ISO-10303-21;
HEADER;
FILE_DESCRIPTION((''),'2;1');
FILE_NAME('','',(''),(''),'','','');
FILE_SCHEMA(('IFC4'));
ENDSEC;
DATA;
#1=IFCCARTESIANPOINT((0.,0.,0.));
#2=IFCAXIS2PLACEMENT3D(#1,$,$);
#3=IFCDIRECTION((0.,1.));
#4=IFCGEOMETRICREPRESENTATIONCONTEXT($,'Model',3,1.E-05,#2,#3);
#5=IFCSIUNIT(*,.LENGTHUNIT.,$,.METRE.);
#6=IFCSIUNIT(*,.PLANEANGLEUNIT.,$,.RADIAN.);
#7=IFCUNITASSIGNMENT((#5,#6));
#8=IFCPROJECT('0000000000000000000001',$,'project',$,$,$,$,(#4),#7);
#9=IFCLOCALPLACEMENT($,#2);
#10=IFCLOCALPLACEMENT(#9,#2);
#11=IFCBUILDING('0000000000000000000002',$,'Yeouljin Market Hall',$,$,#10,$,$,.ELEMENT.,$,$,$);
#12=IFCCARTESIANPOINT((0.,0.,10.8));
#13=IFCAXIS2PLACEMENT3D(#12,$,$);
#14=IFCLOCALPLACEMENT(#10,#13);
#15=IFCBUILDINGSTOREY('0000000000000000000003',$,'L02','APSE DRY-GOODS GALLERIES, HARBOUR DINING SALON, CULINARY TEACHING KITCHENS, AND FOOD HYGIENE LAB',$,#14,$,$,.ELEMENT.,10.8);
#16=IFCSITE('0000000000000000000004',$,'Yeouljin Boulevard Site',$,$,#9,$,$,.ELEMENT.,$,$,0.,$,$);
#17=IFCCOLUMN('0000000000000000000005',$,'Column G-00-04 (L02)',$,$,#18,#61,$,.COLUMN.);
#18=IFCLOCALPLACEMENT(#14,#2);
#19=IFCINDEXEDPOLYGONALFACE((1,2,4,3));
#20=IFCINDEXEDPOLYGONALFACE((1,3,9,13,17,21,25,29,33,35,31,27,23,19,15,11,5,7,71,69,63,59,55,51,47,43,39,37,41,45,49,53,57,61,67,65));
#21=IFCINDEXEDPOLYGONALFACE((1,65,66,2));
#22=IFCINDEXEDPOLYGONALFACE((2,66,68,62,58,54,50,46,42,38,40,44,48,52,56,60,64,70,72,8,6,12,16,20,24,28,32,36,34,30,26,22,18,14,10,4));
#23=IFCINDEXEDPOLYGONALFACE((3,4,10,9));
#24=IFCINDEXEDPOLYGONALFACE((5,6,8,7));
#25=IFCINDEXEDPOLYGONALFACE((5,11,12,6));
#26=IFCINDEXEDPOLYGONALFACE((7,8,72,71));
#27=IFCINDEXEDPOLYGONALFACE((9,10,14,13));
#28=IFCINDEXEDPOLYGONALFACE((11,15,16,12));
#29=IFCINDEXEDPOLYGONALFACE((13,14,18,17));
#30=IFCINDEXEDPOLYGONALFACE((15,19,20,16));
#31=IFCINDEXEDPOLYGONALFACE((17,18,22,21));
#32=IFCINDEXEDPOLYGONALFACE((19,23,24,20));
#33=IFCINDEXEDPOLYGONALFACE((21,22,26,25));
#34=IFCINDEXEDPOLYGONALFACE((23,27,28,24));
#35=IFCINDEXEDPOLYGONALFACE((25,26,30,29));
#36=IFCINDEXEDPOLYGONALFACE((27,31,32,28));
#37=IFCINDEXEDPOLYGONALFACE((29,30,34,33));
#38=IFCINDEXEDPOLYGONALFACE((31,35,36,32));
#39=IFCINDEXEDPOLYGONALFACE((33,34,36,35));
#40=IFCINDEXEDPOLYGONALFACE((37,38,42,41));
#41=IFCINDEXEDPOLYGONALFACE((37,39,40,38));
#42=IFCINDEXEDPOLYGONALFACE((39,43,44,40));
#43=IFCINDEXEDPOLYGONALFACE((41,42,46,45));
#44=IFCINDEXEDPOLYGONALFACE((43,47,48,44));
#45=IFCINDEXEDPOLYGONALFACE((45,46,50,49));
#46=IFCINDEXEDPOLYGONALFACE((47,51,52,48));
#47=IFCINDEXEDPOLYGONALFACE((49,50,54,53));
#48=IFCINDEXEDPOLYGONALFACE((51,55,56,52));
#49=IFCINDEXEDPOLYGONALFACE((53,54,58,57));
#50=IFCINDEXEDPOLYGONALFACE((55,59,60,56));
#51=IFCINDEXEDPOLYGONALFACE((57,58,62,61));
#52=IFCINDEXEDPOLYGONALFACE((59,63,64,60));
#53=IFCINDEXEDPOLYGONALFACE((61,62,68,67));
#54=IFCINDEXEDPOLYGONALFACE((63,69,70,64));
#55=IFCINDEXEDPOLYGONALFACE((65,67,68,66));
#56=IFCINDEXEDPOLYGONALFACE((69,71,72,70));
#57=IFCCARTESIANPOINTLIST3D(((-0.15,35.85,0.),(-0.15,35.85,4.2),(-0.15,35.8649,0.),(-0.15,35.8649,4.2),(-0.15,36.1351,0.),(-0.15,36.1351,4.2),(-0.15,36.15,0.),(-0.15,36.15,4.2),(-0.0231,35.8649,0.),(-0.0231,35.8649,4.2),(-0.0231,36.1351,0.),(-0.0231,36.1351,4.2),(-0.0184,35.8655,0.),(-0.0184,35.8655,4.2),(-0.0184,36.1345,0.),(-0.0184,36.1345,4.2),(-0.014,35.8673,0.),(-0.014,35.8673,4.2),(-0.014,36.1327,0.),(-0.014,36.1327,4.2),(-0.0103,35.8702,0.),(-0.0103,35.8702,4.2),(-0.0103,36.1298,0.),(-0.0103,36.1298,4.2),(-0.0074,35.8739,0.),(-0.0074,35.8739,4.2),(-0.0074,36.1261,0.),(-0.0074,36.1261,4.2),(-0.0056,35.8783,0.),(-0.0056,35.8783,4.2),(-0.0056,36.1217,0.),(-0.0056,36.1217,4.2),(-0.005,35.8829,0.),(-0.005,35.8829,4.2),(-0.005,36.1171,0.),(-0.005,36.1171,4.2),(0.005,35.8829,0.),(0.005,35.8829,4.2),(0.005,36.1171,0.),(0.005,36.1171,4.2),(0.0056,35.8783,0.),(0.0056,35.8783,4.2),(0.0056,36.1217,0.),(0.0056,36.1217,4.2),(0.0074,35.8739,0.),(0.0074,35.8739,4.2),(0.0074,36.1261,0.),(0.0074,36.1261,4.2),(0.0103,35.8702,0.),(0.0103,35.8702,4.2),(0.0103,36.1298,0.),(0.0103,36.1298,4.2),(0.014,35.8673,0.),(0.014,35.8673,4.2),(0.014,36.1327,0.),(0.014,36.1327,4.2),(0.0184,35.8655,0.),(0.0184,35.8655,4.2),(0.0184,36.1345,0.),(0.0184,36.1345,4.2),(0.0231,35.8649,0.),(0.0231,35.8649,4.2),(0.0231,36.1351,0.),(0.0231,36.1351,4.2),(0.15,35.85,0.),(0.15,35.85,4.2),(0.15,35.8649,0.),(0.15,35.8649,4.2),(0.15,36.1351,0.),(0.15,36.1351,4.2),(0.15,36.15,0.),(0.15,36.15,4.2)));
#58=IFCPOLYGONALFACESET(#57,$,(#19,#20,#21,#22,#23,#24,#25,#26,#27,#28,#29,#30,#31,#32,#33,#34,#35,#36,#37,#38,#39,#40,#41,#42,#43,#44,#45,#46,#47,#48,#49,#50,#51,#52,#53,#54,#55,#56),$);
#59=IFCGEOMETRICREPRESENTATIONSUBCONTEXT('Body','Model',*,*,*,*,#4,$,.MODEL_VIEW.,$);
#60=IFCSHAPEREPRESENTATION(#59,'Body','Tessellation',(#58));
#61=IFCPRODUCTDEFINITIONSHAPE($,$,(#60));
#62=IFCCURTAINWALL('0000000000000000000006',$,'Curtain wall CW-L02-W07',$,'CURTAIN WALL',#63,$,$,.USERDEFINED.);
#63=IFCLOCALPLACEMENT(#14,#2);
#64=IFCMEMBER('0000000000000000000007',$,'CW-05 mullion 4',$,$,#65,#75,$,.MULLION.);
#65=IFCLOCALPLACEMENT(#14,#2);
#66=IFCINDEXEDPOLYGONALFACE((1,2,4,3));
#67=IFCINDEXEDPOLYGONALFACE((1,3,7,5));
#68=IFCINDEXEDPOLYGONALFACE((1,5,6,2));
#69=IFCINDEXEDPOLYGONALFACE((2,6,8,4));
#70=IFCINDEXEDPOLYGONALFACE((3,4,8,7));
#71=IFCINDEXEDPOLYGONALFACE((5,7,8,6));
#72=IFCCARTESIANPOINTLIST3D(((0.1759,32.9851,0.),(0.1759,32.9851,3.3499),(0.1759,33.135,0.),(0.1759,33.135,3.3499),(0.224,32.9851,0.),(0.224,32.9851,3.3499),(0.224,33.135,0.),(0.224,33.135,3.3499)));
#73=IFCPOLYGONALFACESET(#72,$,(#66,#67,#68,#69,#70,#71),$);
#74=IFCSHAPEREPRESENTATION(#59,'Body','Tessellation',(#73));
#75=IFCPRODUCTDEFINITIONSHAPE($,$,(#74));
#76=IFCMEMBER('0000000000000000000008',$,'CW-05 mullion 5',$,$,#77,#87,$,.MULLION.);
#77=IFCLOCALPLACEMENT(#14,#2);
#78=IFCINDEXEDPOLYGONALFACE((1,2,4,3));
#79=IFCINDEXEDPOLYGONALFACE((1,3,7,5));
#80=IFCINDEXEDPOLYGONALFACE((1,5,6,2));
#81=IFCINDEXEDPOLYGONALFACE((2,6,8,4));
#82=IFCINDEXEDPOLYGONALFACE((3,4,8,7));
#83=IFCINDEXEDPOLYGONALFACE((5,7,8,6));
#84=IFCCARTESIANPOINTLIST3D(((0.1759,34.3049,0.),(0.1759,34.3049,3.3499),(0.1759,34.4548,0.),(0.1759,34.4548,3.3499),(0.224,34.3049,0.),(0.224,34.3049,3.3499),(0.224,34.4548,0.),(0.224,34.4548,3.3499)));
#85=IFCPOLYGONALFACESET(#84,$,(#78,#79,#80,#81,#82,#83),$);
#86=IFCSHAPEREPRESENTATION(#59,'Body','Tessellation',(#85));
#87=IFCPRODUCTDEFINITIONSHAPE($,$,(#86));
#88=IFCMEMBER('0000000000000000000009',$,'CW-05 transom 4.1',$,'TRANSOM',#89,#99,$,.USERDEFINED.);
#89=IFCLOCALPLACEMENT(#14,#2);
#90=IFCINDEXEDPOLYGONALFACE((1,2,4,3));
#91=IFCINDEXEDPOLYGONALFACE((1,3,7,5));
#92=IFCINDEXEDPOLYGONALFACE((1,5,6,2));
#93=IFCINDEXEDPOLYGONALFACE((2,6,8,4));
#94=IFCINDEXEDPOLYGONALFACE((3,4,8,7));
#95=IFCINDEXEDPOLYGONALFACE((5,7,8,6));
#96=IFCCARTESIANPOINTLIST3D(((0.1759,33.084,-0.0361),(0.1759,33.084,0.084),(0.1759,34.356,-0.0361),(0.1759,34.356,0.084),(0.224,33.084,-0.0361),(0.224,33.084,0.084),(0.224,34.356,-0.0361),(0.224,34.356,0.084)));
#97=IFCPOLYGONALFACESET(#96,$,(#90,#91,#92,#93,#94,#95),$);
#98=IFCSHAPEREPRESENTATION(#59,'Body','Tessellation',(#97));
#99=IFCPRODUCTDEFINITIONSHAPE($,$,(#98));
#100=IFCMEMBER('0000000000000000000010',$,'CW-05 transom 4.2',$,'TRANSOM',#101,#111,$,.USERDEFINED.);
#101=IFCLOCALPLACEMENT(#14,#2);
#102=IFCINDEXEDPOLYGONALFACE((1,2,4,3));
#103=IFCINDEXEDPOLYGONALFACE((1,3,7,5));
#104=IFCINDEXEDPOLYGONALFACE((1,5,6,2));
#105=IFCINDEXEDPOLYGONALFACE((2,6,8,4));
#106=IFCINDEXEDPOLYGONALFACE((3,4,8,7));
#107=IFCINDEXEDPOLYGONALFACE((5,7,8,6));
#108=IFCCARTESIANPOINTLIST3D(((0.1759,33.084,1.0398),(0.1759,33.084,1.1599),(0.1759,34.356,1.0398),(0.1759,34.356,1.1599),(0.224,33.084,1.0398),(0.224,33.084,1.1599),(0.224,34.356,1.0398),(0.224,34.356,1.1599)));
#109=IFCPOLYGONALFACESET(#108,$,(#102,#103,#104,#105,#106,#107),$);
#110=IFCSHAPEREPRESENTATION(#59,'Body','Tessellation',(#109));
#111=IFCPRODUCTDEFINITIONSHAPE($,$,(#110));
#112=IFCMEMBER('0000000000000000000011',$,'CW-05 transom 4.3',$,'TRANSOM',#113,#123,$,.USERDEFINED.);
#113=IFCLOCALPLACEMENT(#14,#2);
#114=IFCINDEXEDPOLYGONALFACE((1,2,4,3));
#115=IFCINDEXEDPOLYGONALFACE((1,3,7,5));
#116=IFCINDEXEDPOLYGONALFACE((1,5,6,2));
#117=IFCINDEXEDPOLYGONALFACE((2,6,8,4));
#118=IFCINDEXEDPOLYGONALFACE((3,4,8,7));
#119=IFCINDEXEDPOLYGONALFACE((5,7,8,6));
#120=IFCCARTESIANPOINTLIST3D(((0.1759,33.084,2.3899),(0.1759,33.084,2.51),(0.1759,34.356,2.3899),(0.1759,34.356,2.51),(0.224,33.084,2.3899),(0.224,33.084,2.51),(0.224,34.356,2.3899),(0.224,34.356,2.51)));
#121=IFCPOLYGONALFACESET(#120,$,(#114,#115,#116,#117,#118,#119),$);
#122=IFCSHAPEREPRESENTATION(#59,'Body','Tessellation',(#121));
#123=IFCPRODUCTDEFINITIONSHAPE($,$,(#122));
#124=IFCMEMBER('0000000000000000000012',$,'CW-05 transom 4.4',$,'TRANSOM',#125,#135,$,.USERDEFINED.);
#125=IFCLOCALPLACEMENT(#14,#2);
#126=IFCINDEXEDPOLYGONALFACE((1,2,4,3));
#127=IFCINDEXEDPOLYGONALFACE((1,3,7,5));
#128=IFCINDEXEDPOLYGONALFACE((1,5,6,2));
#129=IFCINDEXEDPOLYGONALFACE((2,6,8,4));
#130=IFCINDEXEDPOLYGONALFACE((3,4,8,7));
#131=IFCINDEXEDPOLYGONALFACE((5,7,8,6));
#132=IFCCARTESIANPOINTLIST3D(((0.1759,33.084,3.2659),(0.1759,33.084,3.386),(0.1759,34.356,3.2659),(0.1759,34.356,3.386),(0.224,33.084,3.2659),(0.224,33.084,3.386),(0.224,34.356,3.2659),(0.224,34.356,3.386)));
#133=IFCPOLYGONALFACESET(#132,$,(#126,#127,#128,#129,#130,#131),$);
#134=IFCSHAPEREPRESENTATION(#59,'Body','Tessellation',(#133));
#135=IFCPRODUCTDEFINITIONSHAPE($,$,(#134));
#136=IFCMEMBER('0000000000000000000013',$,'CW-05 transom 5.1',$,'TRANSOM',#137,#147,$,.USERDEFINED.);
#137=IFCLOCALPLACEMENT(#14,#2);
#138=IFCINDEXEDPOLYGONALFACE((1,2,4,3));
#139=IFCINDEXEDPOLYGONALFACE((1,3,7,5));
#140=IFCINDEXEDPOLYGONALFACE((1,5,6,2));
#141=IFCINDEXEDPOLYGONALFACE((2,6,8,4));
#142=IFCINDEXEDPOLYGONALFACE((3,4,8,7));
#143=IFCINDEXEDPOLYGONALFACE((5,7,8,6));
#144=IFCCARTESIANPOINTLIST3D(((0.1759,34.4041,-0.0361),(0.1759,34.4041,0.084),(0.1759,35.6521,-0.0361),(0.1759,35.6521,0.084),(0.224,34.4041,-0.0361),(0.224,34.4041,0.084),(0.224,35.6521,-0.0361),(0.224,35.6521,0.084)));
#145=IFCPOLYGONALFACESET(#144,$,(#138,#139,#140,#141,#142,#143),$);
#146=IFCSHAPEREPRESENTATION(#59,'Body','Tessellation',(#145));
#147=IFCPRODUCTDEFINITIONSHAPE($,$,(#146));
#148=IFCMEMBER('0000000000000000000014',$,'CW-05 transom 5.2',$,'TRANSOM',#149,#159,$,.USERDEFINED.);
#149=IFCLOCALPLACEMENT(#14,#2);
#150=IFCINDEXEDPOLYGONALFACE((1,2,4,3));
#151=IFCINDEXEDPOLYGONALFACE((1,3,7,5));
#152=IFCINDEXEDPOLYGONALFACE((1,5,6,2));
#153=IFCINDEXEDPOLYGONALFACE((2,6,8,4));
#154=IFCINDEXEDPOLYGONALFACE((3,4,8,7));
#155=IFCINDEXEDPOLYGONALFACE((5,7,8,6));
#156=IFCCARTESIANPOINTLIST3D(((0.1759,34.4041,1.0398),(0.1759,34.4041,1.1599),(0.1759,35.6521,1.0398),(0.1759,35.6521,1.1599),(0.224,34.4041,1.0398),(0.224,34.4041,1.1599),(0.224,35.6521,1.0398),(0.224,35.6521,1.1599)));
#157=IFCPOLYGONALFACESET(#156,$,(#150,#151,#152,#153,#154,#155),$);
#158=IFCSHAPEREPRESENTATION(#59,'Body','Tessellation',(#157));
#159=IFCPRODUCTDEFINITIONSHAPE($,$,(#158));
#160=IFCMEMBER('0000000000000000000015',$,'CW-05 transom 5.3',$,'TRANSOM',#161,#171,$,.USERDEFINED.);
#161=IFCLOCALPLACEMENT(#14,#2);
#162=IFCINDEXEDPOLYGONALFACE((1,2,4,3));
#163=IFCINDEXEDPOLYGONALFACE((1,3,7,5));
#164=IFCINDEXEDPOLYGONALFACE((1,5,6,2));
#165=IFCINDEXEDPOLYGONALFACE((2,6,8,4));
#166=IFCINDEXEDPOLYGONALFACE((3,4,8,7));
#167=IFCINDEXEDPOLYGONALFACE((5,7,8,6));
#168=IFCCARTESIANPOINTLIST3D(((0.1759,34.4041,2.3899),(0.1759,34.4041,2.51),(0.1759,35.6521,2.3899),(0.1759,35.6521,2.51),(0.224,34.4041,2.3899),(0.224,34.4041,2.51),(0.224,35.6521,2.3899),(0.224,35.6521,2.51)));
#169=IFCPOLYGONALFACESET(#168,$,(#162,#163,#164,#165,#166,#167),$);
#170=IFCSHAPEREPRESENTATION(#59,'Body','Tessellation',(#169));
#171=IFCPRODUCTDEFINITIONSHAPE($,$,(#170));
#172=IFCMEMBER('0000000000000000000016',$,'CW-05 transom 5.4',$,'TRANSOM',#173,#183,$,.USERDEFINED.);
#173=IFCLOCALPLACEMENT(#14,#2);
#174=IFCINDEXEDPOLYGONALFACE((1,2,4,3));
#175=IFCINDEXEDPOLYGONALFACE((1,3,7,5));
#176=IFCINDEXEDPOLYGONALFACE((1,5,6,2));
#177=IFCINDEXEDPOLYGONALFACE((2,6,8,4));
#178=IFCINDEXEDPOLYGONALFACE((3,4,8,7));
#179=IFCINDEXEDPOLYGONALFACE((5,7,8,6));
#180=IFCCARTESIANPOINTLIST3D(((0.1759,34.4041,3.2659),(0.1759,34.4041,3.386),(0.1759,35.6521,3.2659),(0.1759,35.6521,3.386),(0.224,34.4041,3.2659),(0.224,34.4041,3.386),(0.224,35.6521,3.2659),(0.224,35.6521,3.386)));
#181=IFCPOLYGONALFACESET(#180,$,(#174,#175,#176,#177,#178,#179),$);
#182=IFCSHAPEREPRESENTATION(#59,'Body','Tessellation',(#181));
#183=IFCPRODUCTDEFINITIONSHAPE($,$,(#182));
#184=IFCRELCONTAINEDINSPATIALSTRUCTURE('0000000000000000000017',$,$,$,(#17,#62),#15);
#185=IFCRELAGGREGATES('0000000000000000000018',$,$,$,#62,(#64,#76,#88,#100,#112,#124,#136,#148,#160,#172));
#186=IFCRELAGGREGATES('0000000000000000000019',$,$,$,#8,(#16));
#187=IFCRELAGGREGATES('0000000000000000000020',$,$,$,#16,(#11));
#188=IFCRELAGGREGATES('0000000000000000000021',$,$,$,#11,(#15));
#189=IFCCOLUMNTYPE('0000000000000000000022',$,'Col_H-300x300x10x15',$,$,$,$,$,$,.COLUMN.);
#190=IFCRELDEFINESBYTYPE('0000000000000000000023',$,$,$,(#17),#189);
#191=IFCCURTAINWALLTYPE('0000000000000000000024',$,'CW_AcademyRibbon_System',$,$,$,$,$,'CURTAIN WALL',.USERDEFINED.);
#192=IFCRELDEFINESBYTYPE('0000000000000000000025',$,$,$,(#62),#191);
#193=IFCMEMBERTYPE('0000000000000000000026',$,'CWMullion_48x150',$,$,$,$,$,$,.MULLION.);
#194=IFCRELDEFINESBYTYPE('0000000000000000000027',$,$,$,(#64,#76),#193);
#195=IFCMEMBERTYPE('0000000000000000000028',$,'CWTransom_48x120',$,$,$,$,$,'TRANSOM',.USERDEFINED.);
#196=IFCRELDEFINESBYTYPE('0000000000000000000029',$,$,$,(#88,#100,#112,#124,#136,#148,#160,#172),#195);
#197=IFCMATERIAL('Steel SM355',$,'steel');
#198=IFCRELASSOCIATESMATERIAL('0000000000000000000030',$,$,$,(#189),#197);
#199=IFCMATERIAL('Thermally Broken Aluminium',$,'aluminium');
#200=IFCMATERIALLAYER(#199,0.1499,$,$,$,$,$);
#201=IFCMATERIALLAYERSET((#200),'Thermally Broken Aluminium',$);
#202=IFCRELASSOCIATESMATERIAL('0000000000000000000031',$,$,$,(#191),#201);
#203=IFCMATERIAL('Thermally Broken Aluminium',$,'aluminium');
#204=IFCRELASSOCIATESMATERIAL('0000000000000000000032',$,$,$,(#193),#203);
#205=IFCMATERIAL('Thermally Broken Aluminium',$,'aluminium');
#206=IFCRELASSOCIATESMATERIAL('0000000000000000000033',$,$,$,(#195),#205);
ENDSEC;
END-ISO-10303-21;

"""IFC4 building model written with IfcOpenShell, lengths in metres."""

from ifc_helpers import new_model, si_unit, direction, frame, origin, origin_2d, place, context, subcontext, project, spatial, rectangle, i_section, extrude, material, layer, layer_set, material_profile, profile_set, type_object, element, aggregate, save


model = new_model("IFC4")

# Units and contexts
model_context = context("Model", 3, precision=1e-05, world=origin(), true_north=direction((0.0, 1.0)))
body_context = subcontext(model_context, "Body", "Model", "MODEL_VIEW")
ifc_project = project(units=[si_unit("LENGTHUNIT", "METRE"), si_unit("PLANEANGLEUNIT", "RADIAN")], contexts=[model_context])

# Site, building, storey
site_placement = place(None, origin())
site = spatial("IfcSite", under=ifc_project, at=site_placement, Name="Yeouljin Boulevard Site", CompositionType="ELEMENT", RefElevation=0.0)
building_placement = place(site_placement, origin())
building = spatial("IfcBuilding", under=site, at=building_placement, Name="Yeouljin Market Hall", CompositionType="ELEMENT")
storey_placement = place(building_placement, frame((0.0, 0.0, 10.8)))
storey = spatial("IfcBuildingStorey", under=building, at=storey_placement, Name="L02", Description="APSE DRY-GOODS GALLERIES, HARBOUR DINING SALON, CULINARY TEACHING KITCHENS, AND FOOD HYGIENE LAB", CompositionType="ELEMENT", Elevation=10.8)

# Column
ifc_material_1 = material(Name="Steel SM355", Category="steel")
ifc_material_profile_1 = material_profile(ifc_material_1, i_section(OverallWidth=0.3, OverallDepth=0.3, WebThickness=0.01, FlangeThickness=0.0149, FilletRadius=0.0181, at=origin_2d()), Name="H-300x300x10x15")
ifc_profile_set_1 = profile_set([ifc_material_profile_1], Name="Steel SM355")
column_type = type_object("IfcColumnType", Name="Col_H-300x300x10x15", PredefinedType="COLUMN", material=ifc_profile_set_1)
column_placement = place(storey_placement, frame((0.0, 36.0, 0.0), z_axis=(0.0, 0.0, 1.0), x_axis=(1.0, 0.0, 0.0)))
element("IfcColumn", 1, at=column_placement, inside=storey, type_object=column_type, Name="Column G-00-04 (L02)", PredefinedType="COLUMN", context=body_context, shape_type="SweptSolid", body=[
    extrude(i_section(OverallWidth=0.3, OverallDepth=0.3, WebThickness=0.01, FlangeThickness=0.0149, FilletRadius=0.0181, at=origin_2d()), origin(), (0.0, 0.0, 1.0), 4.2),
])

# Curtain wall, members
ifc_material_2 = material(Name="Thermally Broken Aluminium", Category="aluminium")
ifc_layer_1 = layer(ifc_material_2, 0.1499)
ifc_layer_set_1 = layer_set([ifc_layer_1], Name="Thermally Broken Aluminium")
curtain_wall_type = type_object("IfcCurtainWallType", Name="CW_AcademyRibbon_System", ElementType="CURTAIN WALL", PredefinedType="USERDEFINED", material=ifc_layer_set_1)
curtain_wall_placement = place(storey_placement, origin())
curtain_wall = element("IfcCurtainWall", 2, at=curtain_wall_placement, inside=storey, type_object=curtain_wall_type, Name="Curtain wall CW-L02-W07", ObjectType="CURTAIN WALL", PredefinedType="USERDEFINED")
ifc_material_3 = material(Name="Thermally Broken Aluminium", Category="aluminium")
ifc_material_profile_2 = material_profile(ifc_material_3, rectangle(XDim=0.0481, YDim=0.1499, at=origin_2d()), Name="CW-MULL-48x150")
ifc_profile_set_2 = profile_set([ifc_material_profile_2], Name="Thermally Broken Aluminium")
member_type_1 = type_object("IfcMemberType", Name="CWMullion_48x150", PredefinedType="MULLION", material=ifc_profile_set_2)
member_1_placement = place(storey_placement, frame((0.2, 33.0601, 0.0), z_axis=(0.0, 0.0, 1.0), x_axis=(-1.0, 0.0, 0.0)))
member_1 = element("IfcMember", 3, at=member_1_placement, type_object=member_type_1, Name="CW-05 mullion 4", PredefinedType="MULLION", context=body_context, shape_type="SweptSolid", body=[
    extrude(rectangle(XDim=0.0481, YDim=0.1499, at=origin_2d()), origin(), (0.0, 0.0, 1.0), 3.3499),
])
member_2_placement = place(storey_placement, frame((0.2, 34.3799, 0.0), z_axis=(0.0, 0.0, 1.0), x_axis=(-1.0, 0.0, 0.0)))
member_2 = element("IfcMember", 4, at=member_2_placement, type_object=member_type_1, Name="CW-05 mullion 5", PredefinedType="MULLION", context=body_context, shape_type="SweptSolid", body=[
    extrude(rectangle(XDim=0.0481, YDim=0.1499, at=origin_2d()), origin(), (0.0, 0.0, 1.0), 3.3499),
])
ifc_material_4 = material(Name="Thermally Broken Aluminium", Category="aluminium")
ifc_material_profile_3 = material_profile(ifc_material_4, rectangle(XDim=0.0481, YDim=0.1201, at=origin_2d()), Name="CW-TRAN-48x120")
ifc_profile_set_3 = profile_set([ifc_material_profile_3], Name="Thermally Broken Aluminium")
member_type_2 = type_object("IfcMemberType", Name="CWTransom_48x120", ElementType="TRANSOM", PredefinedType="USERDEFINED", material=ifc_profile_set_3)
member_3_placement = place(storey_placement, frame((0.2, 33.084, 0.0239), z_axis=(0.0, 1.0, 0.0), x_axis=(-1.0, 0.0, 0.0)))
member_3 = element("IfcMember", 5, at=member_3_placement, type_object=member_type_2, Name="CW-05 transom 4.1", ObjectType="TRANSOM", PredefinedType="USERDEFINED", context=body_context, shape_type="SweptSolid", body=[
    extrude(rectangle(XDim=0.0481, YDim=0.1201, at=origin_2d()), origin(), (0.0, 0.0, 1.0), 1.272),
])
member_4_placement = place(storey_placement, frame((0.2, 33.084, 1.0999), z_axis=(0.0, 1.0, 0.0), x_axis=(-1.0, 0.0, 0.0)))
member_4 = element("IfcMember", 6, at=member_4_placement, type_object=member_type_2, Name="CW-05 transom 4.2", ObjectType="TRANSOM", PredefinedType="USERDEFINED", context=body_context, shape_type="SweptSolid", body=[
    extrude(rectangle(XDim=0.0481, YDim=0.1201, at=origin_2d()), origin(), (0.0, 0.0, 1.0), 1.272),
])
member_5_placement = place(storey_placement, frame((0.2, 33.084, 2.45), z_axis=(0.0, 1.0, 0.0), x_axis=(-1.0, 0.0, 0.0)))
member_5 = element("IfcMember", 7, at=member_5_placement, type_object=member_type_2, Name="CW-05 transom 4.3", ObjectType="TRANSOM", PredefinedType="USERDEFINED", context=body_context, shape_type="SweptSolid", body=[
    extrude(rectangle(XDim=0.0481, YDim=0.1201, at=origin_2d()), origin(), (0.0, 0.0, 1.0), 1.272),
])
member_6_placement = place(storey_placement, frame((0.2, 33.084, 3.3259), z_axis=(0.0, 1.0, 0.0), x_axis=(-1.0, 0.0, 0.0)))
member_6 = element("IfcMember", 8, at=member_6_placement, type_object=member_type_2, Name="CW-05 transom 4.4", ObjectType="TRANSOM", PredefinedType="USERDEFINED", context=body_context, shape_type="SweptSolid", body=[
    extrude(rectangle(XDim=0.0481, YDim=0.1201, at=origin_2d()), origin(), (0.0, 0.0, 1.0), 1.272),
])
member_7_placement = place(storey_placement, frame((0.2, 34.4041, 0.0239), z_axis=(0.0, 1.0, 0.0), x_axis=(-1.0, 0.0, 0.0)))
member_7 = element("IfcMember", 9, at=member_7_placement, type_object=member_type_2, Name="CW-05 transom 5.1", ObjectType="TRANSOM", PredefinedType="USERDEFINED", context=body_context, shape_type="SweptSolid", body=[
    extrude(rectangle(XDim=0.0481, YDim=0.1201, at=origin_2d()), origin(), (0.0, 0.0, 1.0), 1.248),
])
member_8_placement = place(storey_placement, frame((0.2, 34.4041, 1.0999), z_axis=(0.0, 1.0, 0.0), x_axis=(-1.0, 0.0, 0.0)))
member_8 = element("IfcMember", 10, at=member_8_placement, type_object=member_type_2, Name="CW-05 transom 5.2", ObjectType="TRANSOM", PredefinedType="USERDEFINED", context=body_context, shape_type="SweptSolid", body=[
    extrude(rectangle(XDim=0.0481, YDim=0.1201, at=origin_2d()), origin(), (0.0, 0.0, 1.0), 1.248),
])
member_9_placement = place(storey_placement, frame((0.2, 34.4041, 2.45), z_axis=(0.0, 1.0, 0.0), x_axis=(-1.0, 0.0, 0.0)))
member_9 = element("IfcMember", 11, at=member_9_placement, type_object=member_type_2, Name="CW-05 transom 5.3", ObjectType="TRANSOM", PredefinedType="USERDEFINED", context=body_context, shape_type="SweptSolid", body=[
    extrude(rectangle(XDim=0.0481, YDim=0.1201, at=origin_2d()), origin(), (0.0, 0.0, 1.0), 1.248),
])
member_10_placement = place(storey_placement, frame((0.2, 34.4041, 3.3259), z_axis=(0.0, 1.0, 0.0), x_axis=(-1.0, 0.0, 0.0)))
member_10 = element("IfcMember", 12, at=member_10_placement, type_object=member_type_2, Name="CW-05 transom 5.4", ObjectType="TRANSOM", PredefinedType="USERDEFINED", context=body_context, shape_type="SweptSolid", body=[
    extrude(rectangle(XDim=0.0481, YDim=0.1201, at=origin_2d()), origin(), (0.0, 0.0, 1.0), 1.248),
])

aggregate(curtain_wall, [member_1, member_2, member_3, member_4, member_5, member_6, member_7, member_8, member_9, member_10])

save(model, "model.ifc")
